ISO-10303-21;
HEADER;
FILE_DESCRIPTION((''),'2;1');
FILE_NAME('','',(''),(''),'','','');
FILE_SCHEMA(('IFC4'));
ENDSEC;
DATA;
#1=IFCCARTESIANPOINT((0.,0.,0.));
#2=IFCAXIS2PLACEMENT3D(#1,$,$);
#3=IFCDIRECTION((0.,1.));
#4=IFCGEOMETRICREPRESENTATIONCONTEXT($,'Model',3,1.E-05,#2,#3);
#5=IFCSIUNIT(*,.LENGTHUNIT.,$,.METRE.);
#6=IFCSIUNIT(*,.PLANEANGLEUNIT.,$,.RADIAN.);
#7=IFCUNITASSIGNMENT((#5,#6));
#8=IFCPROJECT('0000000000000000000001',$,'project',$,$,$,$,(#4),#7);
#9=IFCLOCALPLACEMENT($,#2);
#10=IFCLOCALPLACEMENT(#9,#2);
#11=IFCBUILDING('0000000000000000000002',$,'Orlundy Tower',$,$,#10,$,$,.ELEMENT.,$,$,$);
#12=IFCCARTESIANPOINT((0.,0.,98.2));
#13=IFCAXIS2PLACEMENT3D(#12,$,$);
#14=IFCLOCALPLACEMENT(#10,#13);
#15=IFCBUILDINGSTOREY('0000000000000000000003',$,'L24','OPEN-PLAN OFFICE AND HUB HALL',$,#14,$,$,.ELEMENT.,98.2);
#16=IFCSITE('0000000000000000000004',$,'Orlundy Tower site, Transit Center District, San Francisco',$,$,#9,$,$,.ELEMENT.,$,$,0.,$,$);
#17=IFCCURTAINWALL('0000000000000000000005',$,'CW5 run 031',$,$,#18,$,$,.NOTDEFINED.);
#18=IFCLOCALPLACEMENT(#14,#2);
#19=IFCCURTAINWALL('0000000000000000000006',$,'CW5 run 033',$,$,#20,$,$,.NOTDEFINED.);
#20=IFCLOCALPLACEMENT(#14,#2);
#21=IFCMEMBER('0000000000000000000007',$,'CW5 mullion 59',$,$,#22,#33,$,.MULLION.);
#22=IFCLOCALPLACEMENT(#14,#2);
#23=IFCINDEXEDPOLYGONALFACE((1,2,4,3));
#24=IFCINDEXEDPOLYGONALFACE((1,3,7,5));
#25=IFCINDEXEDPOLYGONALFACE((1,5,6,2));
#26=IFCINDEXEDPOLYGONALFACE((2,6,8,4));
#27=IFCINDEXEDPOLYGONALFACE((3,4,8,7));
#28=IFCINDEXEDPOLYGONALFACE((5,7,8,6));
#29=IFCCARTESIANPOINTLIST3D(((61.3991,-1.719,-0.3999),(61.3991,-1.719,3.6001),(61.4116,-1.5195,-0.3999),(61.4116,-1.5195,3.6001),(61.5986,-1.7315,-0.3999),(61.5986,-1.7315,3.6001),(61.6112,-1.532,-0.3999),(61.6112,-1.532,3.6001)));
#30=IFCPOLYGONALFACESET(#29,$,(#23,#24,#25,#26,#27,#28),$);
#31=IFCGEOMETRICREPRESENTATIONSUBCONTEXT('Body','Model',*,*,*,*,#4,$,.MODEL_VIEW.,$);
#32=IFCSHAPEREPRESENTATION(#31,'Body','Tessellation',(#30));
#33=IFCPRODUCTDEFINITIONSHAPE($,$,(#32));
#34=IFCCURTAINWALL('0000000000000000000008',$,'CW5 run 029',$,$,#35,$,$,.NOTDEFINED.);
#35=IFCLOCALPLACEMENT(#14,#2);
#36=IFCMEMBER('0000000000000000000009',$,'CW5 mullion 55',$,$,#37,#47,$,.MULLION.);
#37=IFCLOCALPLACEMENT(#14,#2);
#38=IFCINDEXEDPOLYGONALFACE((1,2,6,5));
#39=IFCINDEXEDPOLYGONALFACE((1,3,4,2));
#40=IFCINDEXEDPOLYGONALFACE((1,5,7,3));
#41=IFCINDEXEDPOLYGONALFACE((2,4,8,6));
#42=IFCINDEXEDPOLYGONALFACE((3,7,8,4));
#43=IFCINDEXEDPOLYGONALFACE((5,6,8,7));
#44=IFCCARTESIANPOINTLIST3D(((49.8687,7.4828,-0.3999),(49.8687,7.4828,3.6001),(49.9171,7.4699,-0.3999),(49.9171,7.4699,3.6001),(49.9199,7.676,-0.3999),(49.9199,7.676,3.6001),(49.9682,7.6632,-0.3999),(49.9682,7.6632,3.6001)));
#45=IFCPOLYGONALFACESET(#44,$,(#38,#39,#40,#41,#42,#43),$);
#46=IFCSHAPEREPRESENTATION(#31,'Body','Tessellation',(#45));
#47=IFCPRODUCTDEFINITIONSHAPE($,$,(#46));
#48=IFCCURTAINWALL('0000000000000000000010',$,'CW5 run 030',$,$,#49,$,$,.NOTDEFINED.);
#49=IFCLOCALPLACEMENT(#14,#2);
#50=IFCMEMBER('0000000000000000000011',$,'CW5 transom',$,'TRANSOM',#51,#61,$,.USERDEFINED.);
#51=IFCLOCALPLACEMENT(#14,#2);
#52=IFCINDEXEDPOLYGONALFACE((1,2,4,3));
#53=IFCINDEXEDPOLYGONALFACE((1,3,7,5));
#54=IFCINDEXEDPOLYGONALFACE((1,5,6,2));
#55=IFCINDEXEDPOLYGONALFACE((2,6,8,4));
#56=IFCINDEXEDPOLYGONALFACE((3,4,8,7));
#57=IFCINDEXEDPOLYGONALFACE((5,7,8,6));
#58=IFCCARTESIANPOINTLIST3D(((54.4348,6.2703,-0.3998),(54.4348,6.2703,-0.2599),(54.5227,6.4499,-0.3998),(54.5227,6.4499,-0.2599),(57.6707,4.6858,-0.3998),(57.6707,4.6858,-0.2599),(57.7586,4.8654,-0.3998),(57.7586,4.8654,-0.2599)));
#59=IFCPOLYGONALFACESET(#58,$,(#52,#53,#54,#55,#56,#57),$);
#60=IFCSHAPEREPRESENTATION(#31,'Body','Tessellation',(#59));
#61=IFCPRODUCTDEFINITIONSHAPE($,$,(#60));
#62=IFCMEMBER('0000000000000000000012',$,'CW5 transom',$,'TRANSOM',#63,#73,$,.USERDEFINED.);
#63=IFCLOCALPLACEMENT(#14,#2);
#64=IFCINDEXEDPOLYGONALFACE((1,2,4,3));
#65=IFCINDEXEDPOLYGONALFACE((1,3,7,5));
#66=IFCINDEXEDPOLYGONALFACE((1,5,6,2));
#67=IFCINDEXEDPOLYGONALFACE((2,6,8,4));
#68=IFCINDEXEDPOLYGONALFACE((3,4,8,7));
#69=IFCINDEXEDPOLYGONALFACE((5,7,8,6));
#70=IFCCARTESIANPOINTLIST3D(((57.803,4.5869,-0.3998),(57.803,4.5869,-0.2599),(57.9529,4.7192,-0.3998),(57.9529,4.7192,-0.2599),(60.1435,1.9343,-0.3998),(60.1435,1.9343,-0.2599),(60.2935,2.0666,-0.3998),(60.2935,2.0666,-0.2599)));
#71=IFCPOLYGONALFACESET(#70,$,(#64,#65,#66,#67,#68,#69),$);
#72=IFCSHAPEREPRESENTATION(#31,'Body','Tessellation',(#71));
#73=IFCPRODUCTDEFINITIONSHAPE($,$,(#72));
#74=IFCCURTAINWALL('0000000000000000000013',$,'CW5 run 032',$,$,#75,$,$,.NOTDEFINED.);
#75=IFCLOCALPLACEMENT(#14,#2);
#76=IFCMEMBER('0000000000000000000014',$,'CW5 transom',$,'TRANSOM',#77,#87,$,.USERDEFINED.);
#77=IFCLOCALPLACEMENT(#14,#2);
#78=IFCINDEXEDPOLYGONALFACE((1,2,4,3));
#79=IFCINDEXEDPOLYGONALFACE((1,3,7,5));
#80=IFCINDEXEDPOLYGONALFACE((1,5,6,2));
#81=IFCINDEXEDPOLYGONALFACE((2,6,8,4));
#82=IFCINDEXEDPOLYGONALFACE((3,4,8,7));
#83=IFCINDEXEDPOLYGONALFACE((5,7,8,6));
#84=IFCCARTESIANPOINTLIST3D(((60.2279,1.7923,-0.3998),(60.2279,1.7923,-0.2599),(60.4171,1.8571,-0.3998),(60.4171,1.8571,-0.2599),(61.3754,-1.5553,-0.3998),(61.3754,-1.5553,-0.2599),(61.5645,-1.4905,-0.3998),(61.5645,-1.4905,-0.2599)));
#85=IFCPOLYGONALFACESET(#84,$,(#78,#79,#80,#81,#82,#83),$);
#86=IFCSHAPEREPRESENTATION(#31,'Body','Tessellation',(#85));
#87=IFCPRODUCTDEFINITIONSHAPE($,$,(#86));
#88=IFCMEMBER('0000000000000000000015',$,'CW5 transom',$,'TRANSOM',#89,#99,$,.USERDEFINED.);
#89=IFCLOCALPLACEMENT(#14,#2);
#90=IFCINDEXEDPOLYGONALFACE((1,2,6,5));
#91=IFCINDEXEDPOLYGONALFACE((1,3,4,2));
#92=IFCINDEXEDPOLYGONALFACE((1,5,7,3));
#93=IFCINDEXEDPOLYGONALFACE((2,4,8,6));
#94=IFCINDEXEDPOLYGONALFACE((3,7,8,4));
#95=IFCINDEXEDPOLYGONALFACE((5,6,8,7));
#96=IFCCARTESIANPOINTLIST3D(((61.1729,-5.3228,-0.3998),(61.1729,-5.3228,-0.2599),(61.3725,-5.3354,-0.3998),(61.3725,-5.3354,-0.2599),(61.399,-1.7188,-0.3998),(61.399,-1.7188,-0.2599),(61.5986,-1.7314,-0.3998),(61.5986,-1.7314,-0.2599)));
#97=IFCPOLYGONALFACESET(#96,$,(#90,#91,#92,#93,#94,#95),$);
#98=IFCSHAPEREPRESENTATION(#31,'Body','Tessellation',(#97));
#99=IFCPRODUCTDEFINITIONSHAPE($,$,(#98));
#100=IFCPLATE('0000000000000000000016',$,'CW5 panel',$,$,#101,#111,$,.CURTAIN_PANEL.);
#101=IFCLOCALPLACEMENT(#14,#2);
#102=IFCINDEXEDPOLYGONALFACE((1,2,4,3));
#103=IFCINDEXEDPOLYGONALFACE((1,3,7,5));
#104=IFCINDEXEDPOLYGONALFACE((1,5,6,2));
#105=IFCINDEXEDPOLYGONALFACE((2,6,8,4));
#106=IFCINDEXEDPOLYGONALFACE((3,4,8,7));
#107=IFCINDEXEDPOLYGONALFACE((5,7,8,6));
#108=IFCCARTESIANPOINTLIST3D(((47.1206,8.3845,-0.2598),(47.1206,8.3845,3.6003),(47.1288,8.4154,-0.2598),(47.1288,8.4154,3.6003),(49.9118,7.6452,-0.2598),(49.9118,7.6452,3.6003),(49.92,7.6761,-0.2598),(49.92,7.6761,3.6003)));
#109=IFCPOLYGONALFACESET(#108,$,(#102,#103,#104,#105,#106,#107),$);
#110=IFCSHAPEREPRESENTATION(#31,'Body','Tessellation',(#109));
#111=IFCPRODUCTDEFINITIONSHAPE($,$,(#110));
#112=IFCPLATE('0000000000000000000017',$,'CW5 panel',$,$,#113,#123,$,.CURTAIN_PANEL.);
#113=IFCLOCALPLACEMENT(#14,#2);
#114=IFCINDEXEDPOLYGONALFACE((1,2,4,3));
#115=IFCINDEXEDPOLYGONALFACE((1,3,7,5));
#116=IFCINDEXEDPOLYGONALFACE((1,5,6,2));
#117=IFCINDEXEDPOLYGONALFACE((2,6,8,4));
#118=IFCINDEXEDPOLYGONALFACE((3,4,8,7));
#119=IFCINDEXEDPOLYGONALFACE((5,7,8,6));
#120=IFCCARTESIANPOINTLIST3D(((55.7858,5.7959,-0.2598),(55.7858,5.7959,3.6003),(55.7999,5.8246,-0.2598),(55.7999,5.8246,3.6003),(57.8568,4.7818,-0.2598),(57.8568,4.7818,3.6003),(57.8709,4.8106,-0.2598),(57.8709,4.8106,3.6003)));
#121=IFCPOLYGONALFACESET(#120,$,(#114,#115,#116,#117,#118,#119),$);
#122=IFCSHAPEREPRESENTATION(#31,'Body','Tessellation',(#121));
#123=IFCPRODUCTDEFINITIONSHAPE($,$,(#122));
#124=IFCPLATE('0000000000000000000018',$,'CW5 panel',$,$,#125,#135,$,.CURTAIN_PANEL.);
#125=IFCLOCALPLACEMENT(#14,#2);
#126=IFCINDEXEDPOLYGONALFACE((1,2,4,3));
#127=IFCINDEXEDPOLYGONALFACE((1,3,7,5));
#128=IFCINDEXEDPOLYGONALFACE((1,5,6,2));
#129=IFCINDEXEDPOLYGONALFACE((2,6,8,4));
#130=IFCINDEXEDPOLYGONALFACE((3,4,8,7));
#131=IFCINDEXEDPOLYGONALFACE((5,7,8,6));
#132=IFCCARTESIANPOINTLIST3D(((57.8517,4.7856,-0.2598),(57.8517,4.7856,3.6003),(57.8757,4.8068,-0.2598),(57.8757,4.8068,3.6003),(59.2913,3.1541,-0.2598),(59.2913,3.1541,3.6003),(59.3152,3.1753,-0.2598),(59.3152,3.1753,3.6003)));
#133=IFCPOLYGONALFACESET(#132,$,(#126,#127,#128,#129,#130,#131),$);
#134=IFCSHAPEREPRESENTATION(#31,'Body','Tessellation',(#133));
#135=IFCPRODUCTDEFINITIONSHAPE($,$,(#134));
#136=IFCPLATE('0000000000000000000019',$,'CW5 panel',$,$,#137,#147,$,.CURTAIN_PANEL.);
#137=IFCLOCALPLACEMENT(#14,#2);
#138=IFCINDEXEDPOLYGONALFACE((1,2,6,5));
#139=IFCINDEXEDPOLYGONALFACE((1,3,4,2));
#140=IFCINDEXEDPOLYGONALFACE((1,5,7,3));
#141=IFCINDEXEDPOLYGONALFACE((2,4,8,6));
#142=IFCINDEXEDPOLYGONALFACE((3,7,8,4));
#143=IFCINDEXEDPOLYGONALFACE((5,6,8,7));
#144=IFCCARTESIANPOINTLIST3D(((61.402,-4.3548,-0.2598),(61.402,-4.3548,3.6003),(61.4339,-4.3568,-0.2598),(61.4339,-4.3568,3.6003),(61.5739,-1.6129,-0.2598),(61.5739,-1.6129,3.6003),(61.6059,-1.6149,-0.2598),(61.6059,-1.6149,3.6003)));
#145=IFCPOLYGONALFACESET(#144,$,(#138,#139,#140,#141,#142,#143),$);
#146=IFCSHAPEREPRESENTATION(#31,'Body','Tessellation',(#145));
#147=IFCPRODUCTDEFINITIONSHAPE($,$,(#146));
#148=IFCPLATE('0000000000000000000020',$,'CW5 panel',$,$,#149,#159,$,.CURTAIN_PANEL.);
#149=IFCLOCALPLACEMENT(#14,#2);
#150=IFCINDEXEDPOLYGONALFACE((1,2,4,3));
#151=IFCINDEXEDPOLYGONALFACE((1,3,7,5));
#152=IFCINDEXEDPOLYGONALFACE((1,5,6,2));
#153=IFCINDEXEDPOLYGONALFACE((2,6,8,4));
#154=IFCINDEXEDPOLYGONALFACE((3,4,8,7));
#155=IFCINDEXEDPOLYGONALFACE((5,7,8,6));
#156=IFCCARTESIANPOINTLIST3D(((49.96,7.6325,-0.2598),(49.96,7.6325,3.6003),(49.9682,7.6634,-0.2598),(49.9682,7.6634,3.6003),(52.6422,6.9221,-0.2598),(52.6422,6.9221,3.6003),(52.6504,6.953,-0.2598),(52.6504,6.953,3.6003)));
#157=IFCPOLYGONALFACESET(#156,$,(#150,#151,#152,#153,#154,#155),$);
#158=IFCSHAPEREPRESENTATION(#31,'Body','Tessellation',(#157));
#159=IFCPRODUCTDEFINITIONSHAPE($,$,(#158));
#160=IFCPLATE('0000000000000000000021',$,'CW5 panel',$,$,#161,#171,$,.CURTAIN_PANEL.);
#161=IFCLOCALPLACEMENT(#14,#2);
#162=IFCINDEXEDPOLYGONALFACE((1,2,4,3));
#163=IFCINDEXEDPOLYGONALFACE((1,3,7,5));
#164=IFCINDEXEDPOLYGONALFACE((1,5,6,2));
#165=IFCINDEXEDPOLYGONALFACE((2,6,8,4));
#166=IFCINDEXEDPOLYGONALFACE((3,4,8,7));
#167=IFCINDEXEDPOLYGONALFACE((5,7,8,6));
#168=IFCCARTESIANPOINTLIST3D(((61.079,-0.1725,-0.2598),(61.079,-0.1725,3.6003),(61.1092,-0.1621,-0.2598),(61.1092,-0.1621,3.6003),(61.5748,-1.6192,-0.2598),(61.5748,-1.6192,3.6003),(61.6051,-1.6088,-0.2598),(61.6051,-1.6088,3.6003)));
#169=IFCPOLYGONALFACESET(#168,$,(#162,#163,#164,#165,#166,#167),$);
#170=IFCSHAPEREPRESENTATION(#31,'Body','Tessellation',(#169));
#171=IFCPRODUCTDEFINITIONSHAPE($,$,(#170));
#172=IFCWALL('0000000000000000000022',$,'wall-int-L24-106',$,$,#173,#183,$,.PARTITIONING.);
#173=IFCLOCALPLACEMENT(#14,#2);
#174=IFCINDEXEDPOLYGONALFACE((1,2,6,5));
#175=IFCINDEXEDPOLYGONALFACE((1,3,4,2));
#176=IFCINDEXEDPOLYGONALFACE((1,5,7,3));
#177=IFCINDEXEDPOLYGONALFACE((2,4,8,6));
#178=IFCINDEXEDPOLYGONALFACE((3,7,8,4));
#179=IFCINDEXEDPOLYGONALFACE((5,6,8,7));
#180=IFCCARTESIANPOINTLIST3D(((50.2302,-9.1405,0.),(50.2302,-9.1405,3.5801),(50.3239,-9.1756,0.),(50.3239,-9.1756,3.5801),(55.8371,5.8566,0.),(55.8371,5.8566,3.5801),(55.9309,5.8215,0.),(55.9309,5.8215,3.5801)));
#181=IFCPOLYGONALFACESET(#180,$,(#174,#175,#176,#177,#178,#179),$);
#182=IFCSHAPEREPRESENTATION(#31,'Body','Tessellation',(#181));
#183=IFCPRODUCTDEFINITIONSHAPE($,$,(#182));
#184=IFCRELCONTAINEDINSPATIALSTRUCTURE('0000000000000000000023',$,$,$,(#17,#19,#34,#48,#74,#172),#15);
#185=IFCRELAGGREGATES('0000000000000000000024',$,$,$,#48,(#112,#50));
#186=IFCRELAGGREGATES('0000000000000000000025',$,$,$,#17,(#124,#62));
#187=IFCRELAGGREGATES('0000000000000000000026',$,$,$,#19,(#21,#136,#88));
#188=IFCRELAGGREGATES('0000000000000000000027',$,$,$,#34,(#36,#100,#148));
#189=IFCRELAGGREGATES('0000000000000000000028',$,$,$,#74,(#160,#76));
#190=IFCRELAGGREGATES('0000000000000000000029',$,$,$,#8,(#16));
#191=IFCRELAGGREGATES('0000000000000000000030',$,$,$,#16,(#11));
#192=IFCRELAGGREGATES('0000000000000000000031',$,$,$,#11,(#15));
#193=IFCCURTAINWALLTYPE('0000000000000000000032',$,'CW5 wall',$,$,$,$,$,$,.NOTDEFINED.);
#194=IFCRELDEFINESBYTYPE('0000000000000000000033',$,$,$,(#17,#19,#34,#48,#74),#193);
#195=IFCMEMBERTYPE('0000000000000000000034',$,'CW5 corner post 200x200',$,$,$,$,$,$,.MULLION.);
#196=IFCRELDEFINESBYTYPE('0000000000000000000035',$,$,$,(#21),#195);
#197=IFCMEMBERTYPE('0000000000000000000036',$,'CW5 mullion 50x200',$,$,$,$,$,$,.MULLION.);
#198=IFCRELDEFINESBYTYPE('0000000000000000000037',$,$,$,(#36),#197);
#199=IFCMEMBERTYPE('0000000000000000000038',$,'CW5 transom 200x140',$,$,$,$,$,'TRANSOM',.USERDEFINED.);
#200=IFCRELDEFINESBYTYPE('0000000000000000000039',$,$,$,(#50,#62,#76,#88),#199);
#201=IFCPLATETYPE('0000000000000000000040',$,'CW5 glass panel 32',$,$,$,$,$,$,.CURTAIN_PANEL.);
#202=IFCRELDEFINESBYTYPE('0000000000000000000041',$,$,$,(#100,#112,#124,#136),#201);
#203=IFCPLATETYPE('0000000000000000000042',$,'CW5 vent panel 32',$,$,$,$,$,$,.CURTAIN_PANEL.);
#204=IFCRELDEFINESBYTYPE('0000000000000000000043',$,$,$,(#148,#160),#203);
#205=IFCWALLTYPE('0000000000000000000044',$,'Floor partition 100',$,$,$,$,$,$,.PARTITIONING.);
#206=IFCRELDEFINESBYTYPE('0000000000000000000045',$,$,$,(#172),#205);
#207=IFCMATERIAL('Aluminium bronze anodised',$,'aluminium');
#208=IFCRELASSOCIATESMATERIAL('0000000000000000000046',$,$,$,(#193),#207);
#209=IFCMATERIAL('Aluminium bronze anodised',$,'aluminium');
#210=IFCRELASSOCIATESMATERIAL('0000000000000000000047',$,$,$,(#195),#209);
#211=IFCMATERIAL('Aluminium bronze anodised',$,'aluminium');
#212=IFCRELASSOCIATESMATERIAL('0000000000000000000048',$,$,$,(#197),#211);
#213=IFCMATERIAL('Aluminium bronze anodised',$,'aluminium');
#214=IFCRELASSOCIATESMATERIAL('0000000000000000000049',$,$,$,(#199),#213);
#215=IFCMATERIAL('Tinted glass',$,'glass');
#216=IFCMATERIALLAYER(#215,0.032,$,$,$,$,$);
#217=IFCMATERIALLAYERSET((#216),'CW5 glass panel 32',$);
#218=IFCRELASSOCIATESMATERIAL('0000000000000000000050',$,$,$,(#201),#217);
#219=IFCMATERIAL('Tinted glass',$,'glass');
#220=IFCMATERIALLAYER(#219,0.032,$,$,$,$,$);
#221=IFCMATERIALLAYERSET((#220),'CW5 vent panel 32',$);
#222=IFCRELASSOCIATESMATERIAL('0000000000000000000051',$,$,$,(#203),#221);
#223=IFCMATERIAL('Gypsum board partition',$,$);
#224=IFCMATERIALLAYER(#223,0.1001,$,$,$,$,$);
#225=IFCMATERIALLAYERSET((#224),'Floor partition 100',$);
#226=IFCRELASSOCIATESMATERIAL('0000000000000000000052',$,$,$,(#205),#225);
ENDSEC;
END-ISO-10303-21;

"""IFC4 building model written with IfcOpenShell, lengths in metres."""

from ifc_helpers import new_model, si_unit, direction, frame, frame_2d, origin, origin_2d, place, context, subcontext, project, spatial, rectangle, extrude, material, layer, layer_set, material_profile, profile_set, type_object, element, aggregate, save


model = new_model("IFC4")

# Units and contexts
model_context = context("Model", 3, precision=1e-05, world=origin(), true_north=direction((0.0, 1.0)))
body_context = subcontext(model_context, "Body", "Model", "MODEL_VIEW")
ifc_project = project(units=[si_unit("LENGTHUNIT", "METRE"), si_unit("PLANEANGLEUNIT", "RADIAN")], contexts=[model_context])

# Site, building, storey
site_placement = place(None, origin())
site = spatial("IfcSite", under=ifc_project, at=site_placement, Name="Orlundy Tower site, Transit Center District, San Francisco", CompositionType="ELEMENT", RefElevation=0.0)
building_placement = place(site_placement, origin())
building = spatial("IfcBuilding", under=site, at=building_placement, Name="Orlundy Tower", CompositionType="ELEMENT")
storey_placement = place(building_placement, frame((0.0, 0.0, 98.2)))
storey = spatial("IfcBuildingStorey", under=building, at=storey_placement, Name="L24", Description="OPEN-PLAN OFFICE AND HUB HALL", CompositionType="ELEMENT", Elevation=98.2)

# Curtain walls, members
ifc_material_1 = material(Name="Aluminium bronze anodised", Category="aluminium")
curtain_wall_type = type_object("IfcCurtainWallType", Name="CW5 wall", PredefinedType="NOTDEFINED", material=ifc_material_1)
curtain_wall_1_placement = place(storey_placement, origin())
curtain_wall_1 = element("IfcCurtainWall", 1, at=curtain_wall_1_placement, inside=storey, type_object=curtain_wall_type, Name="CW5 run 031", PredefinedType="NOTDEFINED")
ifc_material_2 = material(Name="Aluminium bronze anodised", Category="aluminium")
ifc_material_profile_1 = material_profile(ifc_material_2, rectangle(XDim=0.2, YDim=0.2, at=origin_2d()), Name="CW5 corner post 200x200")
ifc_profile_set_1 = profile_set([ifc_material_profile_1], Name="Aluminium bronze anodised")
member_type_1 = type_object("IfcMemberType", Name="CW5 corner post 200x200", PredefinedType="MULLION", material=ifc_profile_set_1)
curtain_wall_2_placement = place(storey_placement, origin())
curtain_wall_2 = element("IfcCurtainWall", 2, at=curtain_wall_2_placement, inside=storey, type_object=curtain_wall_type, Name="CW5 run 033", PredefinedType="NOTDEFINED")
member_1_placement = place(storey_placement, frame((61.5051, -1.6255, -0.3999), z_axis=(0.0, 0.0, 1.0), x_axis=(0.998039, -0.062597, 0.0)))
member_1 = element("IfcMember", 3, at=member_1_placement, type_object=member_type_1, Name="CW5 mullion 59", PredefinedType="MULLION", context=body_context, shape_type="SweptSolid", body=[
    extrude(rectangle(XDim=0.2, YDim=0.2, at=origin_2d()), origin(), (0.0, 0.0, 1.0), 4.0),
])
curtain_wall_3_placement = place(storey_placement, origin())
curtain_wall_3 = element("IfcCurtainWall", 4, at=curtain_wall_3_placement, inside=storey, type_object=curtain_wall_type, Name="CW5 run 029", PredefinedType="NOTDEFINED")
ifc_material_3 = material(Name="Aluminium bronze anodised", Category="aluminium")
ifc_material_profile_2 = material_profile(ifc_material_3, rectangle(XDim=0.2, YDim=0.05, at=origin_2d()), Name="CW5 mullion 50x200")
ifc_profile_set_2 = profile_set([ifc_material_profile_2], Name="Aluminium bronze anodised")
member_type_2 = type_object("IfcMemberType", Name="CW5 mullion 50x200", PredefinedType="MULLION", material=ifc_profile_set_2)
member_2_placement = place(storey_placement, frame((49.9185, 7.573, -0.3999), z_axis=(0.0, 0.0, 1.0), x_axis=(0.256032, 0.966668, 0.0)))
member_2 = element("IfcMember", 5, at=member_2_placement, type_object=member_type_2, Name="CW5 mullion 55", PredefinedType="MULLION", context=body_context, shape_type="SweptSolid", body=[
    extrude(rectangle(XDim=0.2, YDim=0.05, at=origin_2d()), origin(), (0.0, 0.0, 1.0), 4.0),
])
curtain_wall_4_placement = place(storey_placement, origin())
curtain_wall_4 = element("IfcCurtainWall", 6, at=curtain_wall_4_placement, inside=storey, type_object=curtain_wall_type, Name="CW5 run 030", PredefinedType="NOTDEFINED")
ifc_material_4 = material(Name="Aluminium bronze anodised", Category="aluminium")
ifc_material_profile_3 = material_profile(ifc_material_4, rectangle(XDim=0.2, YDim=0.1399, at=origin_2d()), Name="CW5 transom 200x140")
ifc_profile_set_3 = profile_set([ifc_material_profile_3], Name="Aluminium bronze anodised")
member_type_3 = type_object("IfcMemberType", Name="CW5 transom 200x140", ElementType="TRANSOM", PredefinedType="USERDEFINED", material=ifc_profile_set_3)
member_3_placement = place(storey_placement, frame((54.4788, 6.3601, -0.3298), z_axis=(0.89811, -0.439772, 0.0), x_axis=(0.439772, 0.89811, 0.0)))
member_3 = element("IfcMember", 7, at=member_3_placement, type_object=member_type_3, Name="CW5 transom", ObjectType="TRANSOM", PredefinedType="USERDEFINED", context=body_context, shape_type="SweptSolid", body=[
    extrude(rectangle(XDim=0.2, YDim=0.1399, at=origin_2d()), origin(), (0.0, 0.0, 1.0), 3.603),
])

# Member
member_4_placement = place(storey_placement, frame((57.8779, 4.6531, -0.3298), z_axis=(0.661631, -0.74983, 0.0), x_axis=(0.74983, 0.661631, 0.0)))
member_4 = element("IfcMember", 8, at=member_4_placement, type_object=member_type_3, Name="CW5 transom", ObjectType="TRANSOM", PredefinedType="USERDEFINED", context=body_context, shape_type="SweptSolid", body=[
    extrude(rectangle(XDim=0.2, YDim=0.1399, at=origin_2d()), origin(), (0.0, 0.0, 1.0), 3.5376),
])

# Curtain wall, member
curtain_wall_5_placement = place(storey_placement, origin())
curtain_wall_5 = element("IfcCurtainWall", 9, at=curtain_wall_5_placement, inside=storey, type_object=curtain_wall_type, Name="CW5 run 032", PredefinedType="NOTDEFINED")
member_5_placement = place(storey_placement, frame((60.3225, 1.8247, -0.3298), z_axis=(0.324247, -0.945973, 0.0), x_axis=(0.945973, 0.324247, 0.0)))
member_5 = element("IfcMember", 10, at=member_5_placement, type_object=member_type_3, Name="CW5 transom", ObjectType="TRANSOM", PredefinedType="USERDEFINED", context=body_context, shape_type="SweptSolid", body=[
    extrude(rectangle(XDim=0.2, YDim=0.1399, at=origin_2d()), origin(), (0.0, 0.0, 1.0), 3.5388),
])

# Member
member_6_placement = place(storey_placement, frame((61.4988, -1.7251, -0.3298), z_axis=(-0.062606, -0.998038, 0.0), x_axis=(0.998038, -0.062606, 0.0)))
member_6 = element("IfcMember", 11, at=member_6_placement, type_object=member_type_3, Name="CW5 transom", ObjectType="TRANSOM", PredefinedType="USERDEFINED", context=body_context, shape_type="SweptSolid", body=[
    extrude(rectangle(XDim=0.2, YDim=0.1399, at=origin_2d()), origin(), (0.0, 0.0, 1.0), 3.6111),
])

# Plates
ifc_material_5 = material(Name="Tinted glass", Category="glass")
ifc_layer_1 = layer(ifc_material_5, 0.032)
ifc_layer_set_1 = layer_set([ifc_layer_1], Name="CW5 glass panel 32")
plate_type_1 = type_object("IfcPlateType", Name="CW5 glass panel 32", PredefinedType="CURTAIN_PANEL", material=ifc_layer_set_1)
plate_1_placement = place(storey_placement, frame((48.5203, 8.0303, -0.2598), z_axis=(0.0, 0.0, 1.0), x_axis=(0.966668, -0.256032, 0.0)))
plate_1 = element("IfcPlate", 12, at=plate_1_placement, type_object=plate_type_1, Name="CW5 panel", PredefinedType="CURTAIN_PANEL", context=body_context, shape_type="SweptSolid", body=[
    extrude(rectangle(XDim=2.8875, YDim=0.032, at=origin_2d()), origin(), (0.0, 0.0, 1.0), 3.8601),
])
plate_2_placement = place(storey_placement, frame((56.8284, 5.3032, -0.2598), z_axis=(0.0, 0.0, 1.0), x_axis=(0.898119, -0.439752, 0.0)))
plate_2 = element("IfcPlate", 13, at=plate_2_placement, type_object=plate_type_1, Name="CW5 panel", PredefinedType="CURTAIN_PANEL", context=body_context, shape_type="SweptSolid", body=[
    extrude(rectangle(XDim=2.3059, YDim=0.032, at=origin_2d()), origin(), (0.0, 0.0, 1.0), 3.8601),
])
aggregate(curtain_wall_4, [plate_2, member_3])
plate_3_placement = place(storey_placement, frame((58.5835, 3.9805, -0.2598), z_axis=(0.0, 0.0, 1.0), x_axis=(0.661613, -0.749846, 0.0)))
plate_3 = element("IfcPlate", 14, at=plate_3_placement, type_object=plate_type_1, Name="CW5 panel", PredefinedType="CURTAIN_PANEL", context=body_context, shape_type="SweptSolid", body=[
    extrude(rectangle(XDim=2.1758, YDim=0.032, at=origin_2d()), origin(), (0.0, 0.0, 1.0), 3.8601),
])
aggregate(curtain_wall_1, [plate_3, member_4])
plate_4_placement = place(storey_placement, frame((61.5039, -2.9849, -0.2598), z_axis=(0.0, 0.0, 1.0), x_axis=(-0.062597, -0.998039, 0.0)))
plate_4 = element("IfcPlate", 15, at=plate_4_placement, type_object=plate_type_1, Name="CW5 panel", PredefinedType="CURTAIN_PANEL", context=body_context, shape_type="SweptSolid", body=[
    extrude(rectangle(XDim=2.7473, YDim=0.032, at=origin_2d()), origin(), (0.0, 0.0, 1.0), 3.8601),
])
aggregate(curtain_wall_2, [member_1, plate_4, member_6])
ifc_material_6 = material(Name="Tinted glass", Category="glass")
ifc_layer_2 = layer(ifc_material_6, 0.032)
ifc_layer_set_2 = layer_set([ifc_layer_2], Name="CW5 vent panel 32")
plate_type_2 = type_object("IfcPlateType", Name="CW5 vent panel 32", PredefinedType="CURTAIN_PANEL", material=ifc_layer_set_2)
plate_5_placement = place(storey_placement, frame((51.3052, 7.2927, -0.2598), z_axis=(0.0, 0.0, 1.0), x_axis=(0.966668, -0.256032, 0.0)))
plate_5 = element("IfcPlate", 16, at=plate_5_placement, type_object=plate_type_2, Name="CW5 panel", PredefinedType="CURTAIN_PANEL", context=body_context, shape_type="SweptSolid", body=[
    extrude(rectangle(XDim=2.7747, YDim=0.032, at=origin_2d()), origin(), (0.0, 0.0, 1.0), 3.8601),
])
aggregate(curtain_wall_3, [member_2, plate_1, plate_5])
plate_6_placement = place(storey_placement, frame((61.342, -0.8906, -0.2598), z_axis=(0.0, 0.0, 1.0), x_axis=(0.324228, -0.945979, 0.0)))
plate_6 = element("IfcPlate", 17, at=plate_6_placement, type_object=plate_type_2, Name="CW5 panel", PredefinedType="CURTAIN_PANEL", context=body_context, shape_type="SweptSolid", body=[
    extrude(rectangle(XDim=1.5293, YDim=0.032, at=origin_2d()), origin(), (0.0, 0.0, 1.0), 3.8601),
])
aggregate(curtain_wall_5, [plate_6, member_5])

# Wall
ifc_material_7 = material(Name="Gypsum board partition")
ifc_layer_3 = layer(ifc_material_7, 0.1001)
ifc_layer_set_3 = layer_set([ifc_layer_3], Name="Floor partition 100")
wall_type_1 = type_object("IfcWallType", Name="Floor partition 100", PredefinedType="PARTITIONING", material=ifc_layer_set_3)
wall_1_placement = place(storey_placement, frame((50.2771, -9.158, 0.0), z_axis=(0.0, 0.0, 1.0), x_axis=(0.350194, 0.936677, 0.0)))
element("IfcWall", 18, at=wall_1_placement, inside=storey, type_object=wall_type_1, Name="wall-int-L24-106", PredefinedType="PARTITIONING", context=body_context, shape_type="SweptSolid", body=[
    extrude(rectangle(XDim=16.011, YDim=0.1001, at=frame_2d((8.0054, 0.0))), origin(), (0.0, 0.0, 1.0), 3.5801),
])

save(model, "model.ifc")
